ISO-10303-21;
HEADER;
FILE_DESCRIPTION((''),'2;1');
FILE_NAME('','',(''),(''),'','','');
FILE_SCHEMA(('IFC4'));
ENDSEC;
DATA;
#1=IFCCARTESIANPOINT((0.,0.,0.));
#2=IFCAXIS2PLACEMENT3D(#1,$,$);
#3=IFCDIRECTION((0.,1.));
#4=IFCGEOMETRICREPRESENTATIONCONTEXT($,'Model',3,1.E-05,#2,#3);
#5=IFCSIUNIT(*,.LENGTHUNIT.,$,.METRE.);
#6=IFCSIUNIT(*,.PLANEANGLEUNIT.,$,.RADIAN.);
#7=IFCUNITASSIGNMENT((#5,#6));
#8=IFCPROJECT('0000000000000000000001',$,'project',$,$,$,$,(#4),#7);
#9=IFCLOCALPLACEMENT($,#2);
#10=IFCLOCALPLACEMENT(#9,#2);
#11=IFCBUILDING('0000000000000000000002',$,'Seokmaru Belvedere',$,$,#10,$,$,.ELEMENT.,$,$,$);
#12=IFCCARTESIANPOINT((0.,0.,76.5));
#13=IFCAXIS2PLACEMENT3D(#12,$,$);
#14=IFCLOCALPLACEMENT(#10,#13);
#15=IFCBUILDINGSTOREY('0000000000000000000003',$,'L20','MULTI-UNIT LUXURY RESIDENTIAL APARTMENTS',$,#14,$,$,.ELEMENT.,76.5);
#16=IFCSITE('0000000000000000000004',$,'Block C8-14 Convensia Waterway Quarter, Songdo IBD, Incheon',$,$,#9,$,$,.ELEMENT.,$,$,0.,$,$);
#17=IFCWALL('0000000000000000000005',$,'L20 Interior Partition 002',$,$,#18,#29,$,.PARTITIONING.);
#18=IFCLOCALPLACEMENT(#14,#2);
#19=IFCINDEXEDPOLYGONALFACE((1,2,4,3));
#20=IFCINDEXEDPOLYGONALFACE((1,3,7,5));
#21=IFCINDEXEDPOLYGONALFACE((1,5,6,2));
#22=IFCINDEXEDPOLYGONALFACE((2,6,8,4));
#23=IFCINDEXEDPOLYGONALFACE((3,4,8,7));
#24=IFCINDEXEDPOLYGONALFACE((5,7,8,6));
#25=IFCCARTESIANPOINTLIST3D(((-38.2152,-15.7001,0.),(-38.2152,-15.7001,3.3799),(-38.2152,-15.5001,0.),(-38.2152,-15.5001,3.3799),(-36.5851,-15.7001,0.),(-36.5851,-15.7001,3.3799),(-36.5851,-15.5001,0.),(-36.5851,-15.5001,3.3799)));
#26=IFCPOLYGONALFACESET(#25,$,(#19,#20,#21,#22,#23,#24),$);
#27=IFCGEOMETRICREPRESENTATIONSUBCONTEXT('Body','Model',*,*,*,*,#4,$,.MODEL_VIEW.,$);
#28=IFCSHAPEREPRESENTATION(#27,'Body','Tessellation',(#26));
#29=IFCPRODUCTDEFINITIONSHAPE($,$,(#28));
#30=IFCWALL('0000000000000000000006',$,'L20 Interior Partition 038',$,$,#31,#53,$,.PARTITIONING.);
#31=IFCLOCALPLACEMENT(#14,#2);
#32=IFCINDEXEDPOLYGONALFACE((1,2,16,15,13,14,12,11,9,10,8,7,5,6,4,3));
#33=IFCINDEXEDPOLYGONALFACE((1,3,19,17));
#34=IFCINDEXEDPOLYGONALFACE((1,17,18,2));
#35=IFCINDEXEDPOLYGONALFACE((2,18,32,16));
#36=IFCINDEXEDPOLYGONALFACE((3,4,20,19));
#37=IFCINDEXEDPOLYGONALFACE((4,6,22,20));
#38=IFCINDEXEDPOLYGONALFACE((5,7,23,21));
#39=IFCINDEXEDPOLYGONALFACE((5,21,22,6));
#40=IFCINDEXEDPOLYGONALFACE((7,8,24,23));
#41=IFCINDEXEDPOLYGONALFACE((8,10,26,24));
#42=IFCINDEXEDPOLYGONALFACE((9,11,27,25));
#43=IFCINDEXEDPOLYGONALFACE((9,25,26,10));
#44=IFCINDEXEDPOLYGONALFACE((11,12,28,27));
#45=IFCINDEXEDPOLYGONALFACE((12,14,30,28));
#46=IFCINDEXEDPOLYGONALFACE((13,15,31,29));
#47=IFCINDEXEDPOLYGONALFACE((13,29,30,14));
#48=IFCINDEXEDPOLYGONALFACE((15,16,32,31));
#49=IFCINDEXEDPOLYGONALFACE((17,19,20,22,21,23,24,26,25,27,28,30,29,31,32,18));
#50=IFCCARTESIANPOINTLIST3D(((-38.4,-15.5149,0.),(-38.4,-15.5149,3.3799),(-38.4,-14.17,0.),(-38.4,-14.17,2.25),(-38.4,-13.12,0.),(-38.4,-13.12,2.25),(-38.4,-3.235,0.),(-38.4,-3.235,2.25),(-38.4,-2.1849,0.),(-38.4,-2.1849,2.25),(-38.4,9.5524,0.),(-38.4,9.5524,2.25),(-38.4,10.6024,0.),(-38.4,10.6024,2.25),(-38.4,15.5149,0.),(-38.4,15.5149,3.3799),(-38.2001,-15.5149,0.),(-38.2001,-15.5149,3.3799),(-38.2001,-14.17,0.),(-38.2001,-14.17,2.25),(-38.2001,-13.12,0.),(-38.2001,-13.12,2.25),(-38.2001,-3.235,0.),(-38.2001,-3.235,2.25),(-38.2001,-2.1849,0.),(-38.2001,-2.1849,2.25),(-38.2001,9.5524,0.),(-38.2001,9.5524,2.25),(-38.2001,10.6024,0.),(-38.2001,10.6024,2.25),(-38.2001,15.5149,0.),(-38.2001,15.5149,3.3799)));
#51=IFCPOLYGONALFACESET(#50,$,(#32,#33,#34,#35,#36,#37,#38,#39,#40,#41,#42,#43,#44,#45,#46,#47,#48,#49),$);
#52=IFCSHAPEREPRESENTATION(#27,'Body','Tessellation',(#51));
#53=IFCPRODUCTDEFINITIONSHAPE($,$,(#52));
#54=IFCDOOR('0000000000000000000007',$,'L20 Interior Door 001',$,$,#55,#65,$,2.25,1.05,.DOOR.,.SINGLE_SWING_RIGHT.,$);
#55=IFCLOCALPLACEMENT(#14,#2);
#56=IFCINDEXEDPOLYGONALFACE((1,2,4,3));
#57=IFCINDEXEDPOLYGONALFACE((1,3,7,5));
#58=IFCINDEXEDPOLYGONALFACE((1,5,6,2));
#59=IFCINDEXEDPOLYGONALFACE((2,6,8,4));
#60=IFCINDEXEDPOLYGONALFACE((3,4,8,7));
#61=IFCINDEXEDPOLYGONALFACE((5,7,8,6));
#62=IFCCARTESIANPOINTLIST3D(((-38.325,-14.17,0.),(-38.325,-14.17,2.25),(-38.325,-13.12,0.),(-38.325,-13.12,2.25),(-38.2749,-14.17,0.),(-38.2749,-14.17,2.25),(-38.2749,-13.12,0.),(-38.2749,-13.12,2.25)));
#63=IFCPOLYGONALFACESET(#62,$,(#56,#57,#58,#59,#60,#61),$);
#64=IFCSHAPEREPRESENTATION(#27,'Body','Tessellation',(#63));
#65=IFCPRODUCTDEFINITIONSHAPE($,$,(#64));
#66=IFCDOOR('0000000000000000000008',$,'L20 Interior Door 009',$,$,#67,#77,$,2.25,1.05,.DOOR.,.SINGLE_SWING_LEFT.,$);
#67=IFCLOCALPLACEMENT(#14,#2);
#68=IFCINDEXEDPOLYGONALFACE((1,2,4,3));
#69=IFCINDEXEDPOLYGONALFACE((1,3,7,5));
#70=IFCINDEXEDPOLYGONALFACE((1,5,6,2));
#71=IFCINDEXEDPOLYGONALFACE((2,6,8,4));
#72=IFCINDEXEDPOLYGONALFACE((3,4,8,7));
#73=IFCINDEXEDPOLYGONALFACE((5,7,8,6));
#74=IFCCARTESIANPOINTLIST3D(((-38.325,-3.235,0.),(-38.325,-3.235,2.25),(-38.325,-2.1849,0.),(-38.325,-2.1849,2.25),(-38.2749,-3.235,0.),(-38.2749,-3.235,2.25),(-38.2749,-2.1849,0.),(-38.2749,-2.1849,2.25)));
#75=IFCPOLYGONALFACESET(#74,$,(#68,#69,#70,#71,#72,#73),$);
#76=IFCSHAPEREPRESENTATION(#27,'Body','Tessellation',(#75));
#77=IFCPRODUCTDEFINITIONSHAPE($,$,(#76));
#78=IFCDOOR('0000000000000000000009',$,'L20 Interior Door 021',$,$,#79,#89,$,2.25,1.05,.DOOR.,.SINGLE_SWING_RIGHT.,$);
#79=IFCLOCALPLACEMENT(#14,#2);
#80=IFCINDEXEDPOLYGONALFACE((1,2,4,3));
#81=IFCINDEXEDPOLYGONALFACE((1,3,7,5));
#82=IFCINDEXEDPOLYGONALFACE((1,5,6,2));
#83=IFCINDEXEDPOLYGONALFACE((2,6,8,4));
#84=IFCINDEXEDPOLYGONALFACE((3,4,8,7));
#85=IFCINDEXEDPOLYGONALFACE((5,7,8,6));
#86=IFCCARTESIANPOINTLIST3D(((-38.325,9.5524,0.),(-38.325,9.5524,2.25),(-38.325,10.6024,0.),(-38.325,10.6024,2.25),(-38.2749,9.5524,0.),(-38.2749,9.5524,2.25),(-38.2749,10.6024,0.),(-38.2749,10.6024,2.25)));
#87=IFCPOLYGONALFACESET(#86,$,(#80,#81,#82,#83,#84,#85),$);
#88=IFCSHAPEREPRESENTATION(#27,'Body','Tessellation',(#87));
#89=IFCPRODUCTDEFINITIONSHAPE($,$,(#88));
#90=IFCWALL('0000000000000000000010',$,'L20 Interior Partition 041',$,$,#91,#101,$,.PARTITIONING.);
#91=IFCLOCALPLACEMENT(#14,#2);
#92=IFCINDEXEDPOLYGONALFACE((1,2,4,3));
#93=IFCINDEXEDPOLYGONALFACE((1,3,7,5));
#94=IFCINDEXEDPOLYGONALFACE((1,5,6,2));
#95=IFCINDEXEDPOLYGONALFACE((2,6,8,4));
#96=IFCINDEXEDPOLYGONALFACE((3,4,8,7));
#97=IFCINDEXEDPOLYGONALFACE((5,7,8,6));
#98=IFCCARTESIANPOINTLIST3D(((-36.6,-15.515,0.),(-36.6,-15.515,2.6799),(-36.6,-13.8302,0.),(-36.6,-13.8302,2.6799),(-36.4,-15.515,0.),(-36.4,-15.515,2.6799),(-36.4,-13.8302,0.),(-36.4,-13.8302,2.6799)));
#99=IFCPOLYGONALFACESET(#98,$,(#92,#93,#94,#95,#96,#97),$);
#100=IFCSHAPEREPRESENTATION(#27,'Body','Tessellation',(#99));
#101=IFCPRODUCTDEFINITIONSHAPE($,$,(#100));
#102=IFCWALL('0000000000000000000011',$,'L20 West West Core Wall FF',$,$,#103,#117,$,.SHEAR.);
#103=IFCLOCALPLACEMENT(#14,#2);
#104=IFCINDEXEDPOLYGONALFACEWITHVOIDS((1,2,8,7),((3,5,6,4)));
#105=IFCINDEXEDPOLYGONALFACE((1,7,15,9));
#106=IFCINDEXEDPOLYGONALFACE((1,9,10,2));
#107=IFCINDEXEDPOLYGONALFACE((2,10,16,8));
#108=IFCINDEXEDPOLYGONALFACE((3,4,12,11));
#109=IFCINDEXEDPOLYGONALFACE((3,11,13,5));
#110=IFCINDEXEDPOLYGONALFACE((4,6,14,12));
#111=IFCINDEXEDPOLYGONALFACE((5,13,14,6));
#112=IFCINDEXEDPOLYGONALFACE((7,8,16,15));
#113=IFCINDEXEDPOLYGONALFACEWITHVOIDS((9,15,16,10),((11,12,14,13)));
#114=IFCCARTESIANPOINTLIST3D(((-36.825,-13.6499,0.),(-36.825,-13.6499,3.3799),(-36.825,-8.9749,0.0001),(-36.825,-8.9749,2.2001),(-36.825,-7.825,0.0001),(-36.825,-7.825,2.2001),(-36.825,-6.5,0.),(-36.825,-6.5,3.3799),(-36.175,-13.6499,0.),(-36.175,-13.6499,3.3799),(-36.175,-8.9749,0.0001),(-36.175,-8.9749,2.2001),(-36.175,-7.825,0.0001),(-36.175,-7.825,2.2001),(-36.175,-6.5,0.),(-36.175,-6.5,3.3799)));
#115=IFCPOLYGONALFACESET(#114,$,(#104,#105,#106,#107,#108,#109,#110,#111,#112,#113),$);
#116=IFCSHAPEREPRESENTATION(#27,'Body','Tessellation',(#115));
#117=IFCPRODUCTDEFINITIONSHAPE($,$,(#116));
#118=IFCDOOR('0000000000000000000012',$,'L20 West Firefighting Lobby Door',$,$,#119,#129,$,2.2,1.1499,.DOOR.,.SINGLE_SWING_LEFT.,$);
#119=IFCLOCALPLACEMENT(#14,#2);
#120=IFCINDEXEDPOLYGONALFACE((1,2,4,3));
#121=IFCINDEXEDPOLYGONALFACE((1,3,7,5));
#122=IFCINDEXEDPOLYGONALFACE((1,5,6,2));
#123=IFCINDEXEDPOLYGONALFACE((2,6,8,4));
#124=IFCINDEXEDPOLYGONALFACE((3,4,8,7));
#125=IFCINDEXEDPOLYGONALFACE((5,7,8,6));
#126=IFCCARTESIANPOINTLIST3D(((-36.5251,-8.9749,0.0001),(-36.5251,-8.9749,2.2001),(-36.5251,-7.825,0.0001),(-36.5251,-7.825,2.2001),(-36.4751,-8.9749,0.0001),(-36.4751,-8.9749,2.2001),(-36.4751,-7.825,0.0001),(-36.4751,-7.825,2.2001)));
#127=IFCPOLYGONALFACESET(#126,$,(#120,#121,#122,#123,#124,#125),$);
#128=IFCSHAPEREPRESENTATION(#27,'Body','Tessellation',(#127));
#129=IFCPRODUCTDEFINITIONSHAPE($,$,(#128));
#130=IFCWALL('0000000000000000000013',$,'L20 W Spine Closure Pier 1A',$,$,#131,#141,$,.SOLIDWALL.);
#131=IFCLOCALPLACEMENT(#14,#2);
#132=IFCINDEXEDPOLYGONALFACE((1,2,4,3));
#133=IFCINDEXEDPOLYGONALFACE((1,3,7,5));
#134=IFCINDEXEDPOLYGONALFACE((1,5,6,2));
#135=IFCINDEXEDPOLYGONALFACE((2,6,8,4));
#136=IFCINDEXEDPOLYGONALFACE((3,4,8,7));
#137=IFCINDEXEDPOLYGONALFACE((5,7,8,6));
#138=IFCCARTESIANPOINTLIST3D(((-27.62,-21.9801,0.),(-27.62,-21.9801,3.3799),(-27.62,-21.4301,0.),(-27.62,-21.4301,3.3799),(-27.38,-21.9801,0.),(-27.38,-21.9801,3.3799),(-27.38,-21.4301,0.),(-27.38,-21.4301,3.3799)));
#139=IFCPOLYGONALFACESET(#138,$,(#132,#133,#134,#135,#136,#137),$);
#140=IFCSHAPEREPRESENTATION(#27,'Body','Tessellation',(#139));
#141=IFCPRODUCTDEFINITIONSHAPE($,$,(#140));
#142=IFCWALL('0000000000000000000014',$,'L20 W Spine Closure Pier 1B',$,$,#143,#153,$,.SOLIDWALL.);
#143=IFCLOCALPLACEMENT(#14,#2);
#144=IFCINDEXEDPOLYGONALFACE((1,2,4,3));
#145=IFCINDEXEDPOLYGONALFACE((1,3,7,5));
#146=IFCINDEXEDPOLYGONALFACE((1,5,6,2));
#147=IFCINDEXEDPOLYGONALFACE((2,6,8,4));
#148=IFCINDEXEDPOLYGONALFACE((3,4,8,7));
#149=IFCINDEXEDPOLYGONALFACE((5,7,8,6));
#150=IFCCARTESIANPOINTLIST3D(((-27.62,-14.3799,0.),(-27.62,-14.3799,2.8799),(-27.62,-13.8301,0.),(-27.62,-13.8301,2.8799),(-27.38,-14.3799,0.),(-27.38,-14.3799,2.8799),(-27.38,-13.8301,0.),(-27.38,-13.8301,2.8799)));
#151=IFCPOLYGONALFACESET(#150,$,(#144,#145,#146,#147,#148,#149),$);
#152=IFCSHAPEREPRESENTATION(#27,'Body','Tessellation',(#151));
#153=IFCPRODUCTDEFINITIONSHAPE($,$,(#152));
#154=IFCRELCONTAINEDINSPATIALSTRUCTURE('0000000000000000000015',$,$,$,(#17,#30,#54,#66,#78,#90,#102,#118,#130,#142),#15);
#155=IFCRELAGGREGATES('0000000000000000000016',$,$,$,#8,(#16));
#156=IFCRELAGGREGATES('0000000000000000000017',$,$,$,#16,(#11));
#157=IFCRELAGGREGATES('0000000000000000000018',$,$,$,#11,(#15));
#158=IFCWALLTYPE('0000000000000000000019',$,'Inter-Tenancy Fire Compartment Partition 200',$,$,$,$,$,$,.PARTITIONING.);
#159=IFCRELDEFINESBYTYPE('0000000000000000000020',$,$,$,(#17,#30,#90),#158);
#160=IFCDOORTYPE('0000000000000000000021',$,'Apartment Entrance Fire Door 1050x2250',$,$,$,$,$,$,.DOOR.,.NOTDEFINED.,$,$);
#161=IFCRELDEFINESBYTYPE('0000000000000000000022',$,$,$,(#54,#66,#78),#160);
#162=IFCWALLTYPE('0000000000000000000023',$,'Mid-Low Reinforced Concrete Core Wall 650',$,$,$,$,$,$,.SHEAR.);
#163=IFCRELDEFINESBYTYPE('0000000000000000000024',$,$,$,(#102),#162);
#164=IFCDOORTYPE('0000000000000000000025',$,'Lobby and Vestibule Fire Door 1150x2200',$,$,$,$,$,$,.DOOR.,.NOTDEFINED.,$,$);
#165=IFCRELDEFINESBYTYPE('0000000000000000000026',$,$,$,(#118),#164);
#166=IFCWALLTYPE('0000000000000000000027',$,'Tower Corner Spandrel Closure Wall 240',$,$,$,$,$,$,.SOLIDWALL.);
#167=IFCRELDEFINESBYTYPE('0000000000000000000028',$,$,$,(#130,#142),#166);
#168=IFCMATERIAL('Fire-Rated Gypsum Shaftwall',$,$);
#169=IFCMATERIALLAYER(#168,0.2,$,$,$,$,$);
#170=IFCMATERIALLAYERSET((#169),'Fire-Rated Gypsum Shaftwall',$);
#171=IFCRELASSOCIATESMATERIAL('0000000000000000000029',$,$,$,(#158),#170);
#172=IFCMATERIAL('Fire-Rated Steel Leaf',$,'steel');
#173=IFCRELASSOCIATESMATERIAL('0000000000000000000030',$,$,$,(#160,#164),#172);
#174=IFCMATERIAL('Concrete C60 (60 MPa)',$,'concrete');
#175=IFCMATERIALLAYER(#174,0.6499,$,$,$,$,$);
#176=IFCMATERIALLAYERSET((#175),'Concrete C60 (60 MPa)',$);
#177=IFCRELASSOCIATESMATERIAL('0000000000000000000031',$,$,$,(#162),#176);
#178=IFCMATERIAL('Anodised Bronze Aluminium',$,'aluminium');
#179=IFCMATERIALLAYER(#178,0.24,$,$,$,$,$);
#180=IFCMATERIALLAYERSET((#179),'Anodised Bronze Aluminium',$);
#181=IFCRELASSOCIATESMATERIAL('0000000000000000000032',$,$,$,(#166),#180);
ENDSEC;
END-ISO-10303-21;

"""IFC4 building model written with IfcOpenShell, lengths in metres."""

from ifc_helpers import new_model, si_unit, direction, frame, frame_2d, origin, place, context, subcontext, project, spatial, rectangle, extrude, source, transform, mapped, material, layer, layer_set, type_object, type_shapes, element, fill, save


model = new_model("IFC4")

# Units and contexts
model_context = context("Model", 3, precision=1e-05, world=origin(), true_north=direction((0.0, 1.0)))
body_context = subcontext(model_context, "Body", "Model", "MODEL_VIEW")
ifc_project = project(units=[si_unit("LENGTHUNIT", "METRE"), si_unit("PLANEANGLEUNIT", "RADIAN")], contexts=[model_context])

# Site, building, storey
site_placement = place(None, origin())
site = spatial("IfcSite", under=ifc_project, at=site_placement, Name="Block C8-14 Convensia Waterway Quarter, Songdo IBD, Incheon", CompositionType="ELEMENT", RefElevation=0.0)
building_placement = place(site_placement, origin())
building = spatial("IfcBuilding", under=site, at=building_placement, Name="Seokmaru Belvedere", CompositionType="ELEMENT")
storey_placement = place(building_placement, frame((0.0, 0.0, 76.5)))
storey = spatial("IfcBuildingStorey", under=building, at=storey_placement, Name="L20", Description="MULTI-UNIT LUXURY RESIDENTIAL APARTMENTS", CompositionType="ELEMENT", Elevation=76.5)

# Shared definitions
ifc_material_1 = material(Name="Anodised Bronze Aluminium", Category="aluminium")

# Wall
ifc_material_2 = material(Name="Fire-Rated Gypsum Shaftwall")
ifc_layer_1 = layer(ifc_material_2, 0.2)
ifc_layer_set_1 = layer_set([ifc_layer_1], Name="Fire-Rated Gypsum Shaftwall")
wall_type_1 = type_object("IfcWallType", Name="Inter-Tenancy Fire Compartment Partition 200", PredefinedType="PARTITIONING", material=ifc_layer_set_1)
wall_1_placement = place(storey_placement, frame((-38.2151, -15.6001, 0.0), z_axis=(0.0, 0.0, 1.0), x_axis=(1.0, 0.0, 0.0)))
element("IfcWall", 1, at=wall_1_placement, inside=storey, type_object=wall_type_1, Name="L20 Interior Partition 002", PredefinedType="PARTITIONING", context=body_context, shape_type="SweptSolid", body=[
    extrude(rectangle(XDim=1.6301, YDim=0.2, at=frame_2d((0.8149, 0.0))), origin(), (0.0, 0.0, 1.0), 3.3799),
])

# Wall, openings, doors
wall_2_placement = place(storey_placement, frame((-38.3, -15.5149, 0.0), z_axis=(0.0, 0.0, 1.0), x_axis=(0.0, 1.0, 0.0)))
wall_2 = element("IfcWall", 2, at=wall_2_placement, inside=storey, type_object=wall_type_1, Name="L20 Interior Partition 038", PredefinedType="PARTITIONING", context=body_context, shape_type="SweptSolid", body=[
    extrude(rectangle(XDim=31.0298, YDim=0.2, at=frame_2d((15.5149, 0.0))), origin(), (0.0, 0.0, 1.0), 3.3799),
])
opening_1_placement = place(wall_2_placement, frame((1.345, 0.0, 0.0)))
opening_1 = element("IfcOpeningElement", 3, at=opening_1_placement, cuts=wall_2, PredefinedType="OPENING", context=body_context, shape_type="SweptSolid", body=[
    extrude(rectangle(XDim=1.05, YDim=2.25, at=frame_2d((0.5249, 1.125))), frame((0.0, 0.1099, 0.0), z_axis=(0.0, -1.0, 0.0), x_axis=(1.0, 0.0, 0.0)), (0.0, 0.0, 1.0), 0.22),
])
opening_2_placement = place(wall_2_placement, frame((12.28, 0.0, 0.0)))
opening_2 = element("IfcOpeningElement", 4, at=opening_2_placement, cuts=wall_2, PredefinedType="OPENING", context=body_context, shape_type="SweptSolid", body=[
    extrude(rectangle(XDim=1.05, YDim=2.25, at=frame_2d((0.5249, 1.125))), frame((0.0, 0.1099, 0.0), z_axis=(0.0, -1.0, 0.0), x_axis=(1.0, 0.0, 0.0)), (0.0, 0.0, 1.0), 0.22),
])
opening_3_placement = place(wall_2_placement, frame((25.0674, 0.0, 0.0)))
opening_3 = element("IfcOpeningElement", 5, at=opening_3_placement, cuts=wall_2, PredefinedType="OPENING", context=body_context, shape_type="SweptSolid", body=[
    extrude(rectangle(XDim=1.05, YDim=2.25, at=frame_2d((0.5249, 1.125))), frame((0.0, 0.1099, 0.0), z_axis=(0.0, -1.0, 0.0), x_axis=(1.0, 0.0, 0.0)), (0.0, 0.0, 1.0), 0.22),
])
ifc_material_3 = material(Name="Fire-Rated Steel Leaf", Category="steel")
door_type_1 = type_object("IfcDoorType", Name="Apartment Entrance Fire Door 1050x2250", OperationType="NOTDEFINED", PredefinedType="DOOR", material=ifc_material_3)
shared_shape_1 = source(origin(), body_context, "Body", "SweptSolid", [
    extrude(rectangle(XDim=1.05, YDim=2.25, at=frame_2d((0.5249, 1.125))), frame((0.0, 0.0249, 0.0), z_axis=(0.0, -1.0, 0.0), x_axis=(1.0, 0.0, 0.0)), (0.0, 0.0, 1.0), 0.05),
])
type_shapes(door_type_1, [shared_shape_1])
door_1_placement = place(opening_1_placement, origin())
door_1 = element("IfcDoor", 6, at=door_1_placement, inside=storey, type_object=door_type_1, Name="L20 Interior Door 001", OperationType="SINGLE_SWING_RIGHT", OverallHeight=2.25, OverallWidth=1.05, PredefinedType="DOOR", context=body_context, shape_type="MappedRepresentation", body=[
    mapped(shared_shape_1, transform((0.0, 0.0, 0.0), scale=1.0)),
])
fill(opening_1, door_1)
door_2_placement = place(opening_2_placement, origin())
door_2 = element("IfcDoor", 7, at=door_2_placement, inside=storey, type_object=door_type_1, Name="L20 Interior Door 009", OperationType="SINGLE_SWING_LEFT", OverallHeight=2.25, OverallWidth=1.05, PredefinedType="DOOR", context=body_context, shape_type="MappedRepresentation", body=[
    mapped(shared_shape_1, transform((0.0, 0.0, 0.0), scale=1.0)),
])
fill(opening_2, door_2)
door_3_placement = place(opening_3_placement, origin())
door_3 = element("IfcDoor", 8, at=door_3_placement, inside=storey, type_object=door_type_1, Name="L20 Interior Door 021", OperationType="SINGLE_SWING_RIGHT", OverallHeight=2.25, OverallWidth=1.05, PredefinedType="DOOR", context=body_context, shape_type="MappedRepresentation", body=[
    mapped(shared_shape_1, transform((0.0, 0.0, 0.0), scale=1.0)),
])
fill(opening_3, door_3)

# Wall
wall_3_placement = place(storey_placement, frame((-36.5, -15.5149, 0.0), z_axis=(0.0, 0.0, 1.0), x_axis=(0.0, 1.0, 0.0)))
element("IfcWall", 9, at=wall_3_placement, inside=storey, type_object=wall_type_1, Name="L20 Interior Partition 041", PredefinedType="PARTITIONING", context=body_context, shape_type="SweptSolid", body=[
    extrude(rectangle(XDim=1.6848, YDim=0.2, at=frame_2d((0.8423, 0.0))), origin(), (0.0, 0.0, 1.0), 2.6799),
])

# Wall, opening, door
ifc_material_4 = material(Name="Concrete C60 (60 MPa)", Category="concrete")
ifc_layer_2 = layer(ifc_material_4, 0.6499)
ifc_layer_set_2 = layer_set([ifc_layer_2], Name="Concrete C60 (60 MPa)")
wall_type_2 = type_object("IfcWallType", Name="Mid-Low Reinforced Concrete Core Wall 650", PredefinedType="SHEAR", material=ifc_layer_set_2)
wall_4_placement = place(storey_placement, frame((-36.5, -13.6499, 0.0), z_axis=(0.0, 0.0, 1.0), x_axis=(0.0, 1.0, 0.0)))
wall_4 = element("IfcWall", 10, at=wall_4_placement, inside=storey, type_object=wall_type_2, Name="L20 West West Core Wall FF", PredefinedType="SHEAR", context=body_context, shape_type="SweptSolid", body=[
    extrude(rectangle(XDim=7.1499, YDim=0.6499, at=frame_2d((3.575, 0.0))), origin(), (0.0, 0.0, 1.0), 3.3799),
])
opening_4_placement = place(wall_4_placement, frame((4.675, 0.0, 0.0)))
opening_4 = element("IfcOpeningElement", 11, at=opening_4_placement, cuts=wall_4, PredefinedType="OPENING", context=body_context, shape_type="SweptSolid", body=[
    extrude(rectangle(XDim=1.1499, YDim=2.2, at=frame_2d((0.575, 1.1001))), frame((0.0, 0.335, 0.0), z_axis=(0.0, -1.0, 0.0), x_axis=(1.0, 0.0, 0.0)), (0.0, 0.0, 1.0), 0.6699),
])
door_type_2 = type_object("IfcDoorType", Name="Lobby and Vestibule Fire Door 1150x2200", OperationType="NOTDEFINED", PredefinedType="DOOR", material=ifc_material_3)
shared_shape_2 = source(origin(), body_context, "Body", "SweptSolid", [
    extrude(rectangle(XDim=1.1499, YDim=2.2, at=frame_2d((0.575, 1.1001))), frame((0.0, 0.0249, 0.0), z_axis=(0.0, -1.0, 0.0), x_axis=(1.0, 0.0, 0.0)), (0.0, 0.0, 1.0), 0.05),
])
type_shapes(door_type_2, [shared_shape_2])
door_4_placement = place(opening_4_placement, frame((1.1499, 0.0, 0.0), z_axis=(0.0, 0.0, 1.0), x_axis=(-1.0, 0.0, 0.0)))
door_4 = element("IfcDoor", 12, at=door_4_placement, inside=storey, type_object=door_type_2, Name="L20 West Firefighting Lobby Door", OperationType="SINGLE_SWING_LEFT", OverallHeight=2.2, OverallWidth=1.1499, PredefinedType="DOOR", context=body_context, shape_type="MappedRepresentation", body=[
    mapped(shared_shape_2, transform((0.0, 0.0, 0.0), scale=1.0)),
])
fill(opening_4, door_4)

# Walls
ifc_layer_3 = layer(ifc_material_1, 0.24)
ifc_layer_set_3 = layer_set([ifc_layer_3], Name="Anodised Bronze Aluminium")
wall_type_3 = type_object("IfcWallType", Name="Tower Corner Spandrel Closure Wall 240", PredefinedType="SOLIDWALL", material=ifc_layer_set_3)
wall_5_placement = place(storey_placement, frame((-27.5, -21.98, 0.0), z_axis=(0.0, 0.0, 1.0), x_axis=(0.0, 1.0, 0.0)))
element("IfcWall", 13, at=wall_5_placement, inside=storey, type_object=wall_type_3, Name="L20 W Spine Closure Pier 1A", PredefinedType="SOLIDWALL", context=body_context, shape_type="SweptSolid", body=[
    extrude(rectangle(XDim=0.55, YDim=0.24, at=frame_2d((0.2749, 0.0))), origin(), (0.0, 0.0, 1.0), 3.3799),
])
wall_6_placement = place(storey_placement, frame((-27.5, -14.3799, 0.0), z_axis=(0.0, 0.0, 1.0), x_axis=(0.0, 1.0, 0.0)))
element("IfcWall", 14, at=wall_6_placement, inside=storey, type_object=wall_type_3, Name="L20 W Spine Closure Pier 1B", PredefinedType="SOLIDWALL", context=body_context, shape_type="SweptSolid", body=[
    extrude(rectangle(XDim=0.5498, YDim=0.24, at=frame_2d((0.2749, 0.0))), origin(), (0.0, 0.0, 1.0), 2.8799),
])

save(model, "model.ifc")
